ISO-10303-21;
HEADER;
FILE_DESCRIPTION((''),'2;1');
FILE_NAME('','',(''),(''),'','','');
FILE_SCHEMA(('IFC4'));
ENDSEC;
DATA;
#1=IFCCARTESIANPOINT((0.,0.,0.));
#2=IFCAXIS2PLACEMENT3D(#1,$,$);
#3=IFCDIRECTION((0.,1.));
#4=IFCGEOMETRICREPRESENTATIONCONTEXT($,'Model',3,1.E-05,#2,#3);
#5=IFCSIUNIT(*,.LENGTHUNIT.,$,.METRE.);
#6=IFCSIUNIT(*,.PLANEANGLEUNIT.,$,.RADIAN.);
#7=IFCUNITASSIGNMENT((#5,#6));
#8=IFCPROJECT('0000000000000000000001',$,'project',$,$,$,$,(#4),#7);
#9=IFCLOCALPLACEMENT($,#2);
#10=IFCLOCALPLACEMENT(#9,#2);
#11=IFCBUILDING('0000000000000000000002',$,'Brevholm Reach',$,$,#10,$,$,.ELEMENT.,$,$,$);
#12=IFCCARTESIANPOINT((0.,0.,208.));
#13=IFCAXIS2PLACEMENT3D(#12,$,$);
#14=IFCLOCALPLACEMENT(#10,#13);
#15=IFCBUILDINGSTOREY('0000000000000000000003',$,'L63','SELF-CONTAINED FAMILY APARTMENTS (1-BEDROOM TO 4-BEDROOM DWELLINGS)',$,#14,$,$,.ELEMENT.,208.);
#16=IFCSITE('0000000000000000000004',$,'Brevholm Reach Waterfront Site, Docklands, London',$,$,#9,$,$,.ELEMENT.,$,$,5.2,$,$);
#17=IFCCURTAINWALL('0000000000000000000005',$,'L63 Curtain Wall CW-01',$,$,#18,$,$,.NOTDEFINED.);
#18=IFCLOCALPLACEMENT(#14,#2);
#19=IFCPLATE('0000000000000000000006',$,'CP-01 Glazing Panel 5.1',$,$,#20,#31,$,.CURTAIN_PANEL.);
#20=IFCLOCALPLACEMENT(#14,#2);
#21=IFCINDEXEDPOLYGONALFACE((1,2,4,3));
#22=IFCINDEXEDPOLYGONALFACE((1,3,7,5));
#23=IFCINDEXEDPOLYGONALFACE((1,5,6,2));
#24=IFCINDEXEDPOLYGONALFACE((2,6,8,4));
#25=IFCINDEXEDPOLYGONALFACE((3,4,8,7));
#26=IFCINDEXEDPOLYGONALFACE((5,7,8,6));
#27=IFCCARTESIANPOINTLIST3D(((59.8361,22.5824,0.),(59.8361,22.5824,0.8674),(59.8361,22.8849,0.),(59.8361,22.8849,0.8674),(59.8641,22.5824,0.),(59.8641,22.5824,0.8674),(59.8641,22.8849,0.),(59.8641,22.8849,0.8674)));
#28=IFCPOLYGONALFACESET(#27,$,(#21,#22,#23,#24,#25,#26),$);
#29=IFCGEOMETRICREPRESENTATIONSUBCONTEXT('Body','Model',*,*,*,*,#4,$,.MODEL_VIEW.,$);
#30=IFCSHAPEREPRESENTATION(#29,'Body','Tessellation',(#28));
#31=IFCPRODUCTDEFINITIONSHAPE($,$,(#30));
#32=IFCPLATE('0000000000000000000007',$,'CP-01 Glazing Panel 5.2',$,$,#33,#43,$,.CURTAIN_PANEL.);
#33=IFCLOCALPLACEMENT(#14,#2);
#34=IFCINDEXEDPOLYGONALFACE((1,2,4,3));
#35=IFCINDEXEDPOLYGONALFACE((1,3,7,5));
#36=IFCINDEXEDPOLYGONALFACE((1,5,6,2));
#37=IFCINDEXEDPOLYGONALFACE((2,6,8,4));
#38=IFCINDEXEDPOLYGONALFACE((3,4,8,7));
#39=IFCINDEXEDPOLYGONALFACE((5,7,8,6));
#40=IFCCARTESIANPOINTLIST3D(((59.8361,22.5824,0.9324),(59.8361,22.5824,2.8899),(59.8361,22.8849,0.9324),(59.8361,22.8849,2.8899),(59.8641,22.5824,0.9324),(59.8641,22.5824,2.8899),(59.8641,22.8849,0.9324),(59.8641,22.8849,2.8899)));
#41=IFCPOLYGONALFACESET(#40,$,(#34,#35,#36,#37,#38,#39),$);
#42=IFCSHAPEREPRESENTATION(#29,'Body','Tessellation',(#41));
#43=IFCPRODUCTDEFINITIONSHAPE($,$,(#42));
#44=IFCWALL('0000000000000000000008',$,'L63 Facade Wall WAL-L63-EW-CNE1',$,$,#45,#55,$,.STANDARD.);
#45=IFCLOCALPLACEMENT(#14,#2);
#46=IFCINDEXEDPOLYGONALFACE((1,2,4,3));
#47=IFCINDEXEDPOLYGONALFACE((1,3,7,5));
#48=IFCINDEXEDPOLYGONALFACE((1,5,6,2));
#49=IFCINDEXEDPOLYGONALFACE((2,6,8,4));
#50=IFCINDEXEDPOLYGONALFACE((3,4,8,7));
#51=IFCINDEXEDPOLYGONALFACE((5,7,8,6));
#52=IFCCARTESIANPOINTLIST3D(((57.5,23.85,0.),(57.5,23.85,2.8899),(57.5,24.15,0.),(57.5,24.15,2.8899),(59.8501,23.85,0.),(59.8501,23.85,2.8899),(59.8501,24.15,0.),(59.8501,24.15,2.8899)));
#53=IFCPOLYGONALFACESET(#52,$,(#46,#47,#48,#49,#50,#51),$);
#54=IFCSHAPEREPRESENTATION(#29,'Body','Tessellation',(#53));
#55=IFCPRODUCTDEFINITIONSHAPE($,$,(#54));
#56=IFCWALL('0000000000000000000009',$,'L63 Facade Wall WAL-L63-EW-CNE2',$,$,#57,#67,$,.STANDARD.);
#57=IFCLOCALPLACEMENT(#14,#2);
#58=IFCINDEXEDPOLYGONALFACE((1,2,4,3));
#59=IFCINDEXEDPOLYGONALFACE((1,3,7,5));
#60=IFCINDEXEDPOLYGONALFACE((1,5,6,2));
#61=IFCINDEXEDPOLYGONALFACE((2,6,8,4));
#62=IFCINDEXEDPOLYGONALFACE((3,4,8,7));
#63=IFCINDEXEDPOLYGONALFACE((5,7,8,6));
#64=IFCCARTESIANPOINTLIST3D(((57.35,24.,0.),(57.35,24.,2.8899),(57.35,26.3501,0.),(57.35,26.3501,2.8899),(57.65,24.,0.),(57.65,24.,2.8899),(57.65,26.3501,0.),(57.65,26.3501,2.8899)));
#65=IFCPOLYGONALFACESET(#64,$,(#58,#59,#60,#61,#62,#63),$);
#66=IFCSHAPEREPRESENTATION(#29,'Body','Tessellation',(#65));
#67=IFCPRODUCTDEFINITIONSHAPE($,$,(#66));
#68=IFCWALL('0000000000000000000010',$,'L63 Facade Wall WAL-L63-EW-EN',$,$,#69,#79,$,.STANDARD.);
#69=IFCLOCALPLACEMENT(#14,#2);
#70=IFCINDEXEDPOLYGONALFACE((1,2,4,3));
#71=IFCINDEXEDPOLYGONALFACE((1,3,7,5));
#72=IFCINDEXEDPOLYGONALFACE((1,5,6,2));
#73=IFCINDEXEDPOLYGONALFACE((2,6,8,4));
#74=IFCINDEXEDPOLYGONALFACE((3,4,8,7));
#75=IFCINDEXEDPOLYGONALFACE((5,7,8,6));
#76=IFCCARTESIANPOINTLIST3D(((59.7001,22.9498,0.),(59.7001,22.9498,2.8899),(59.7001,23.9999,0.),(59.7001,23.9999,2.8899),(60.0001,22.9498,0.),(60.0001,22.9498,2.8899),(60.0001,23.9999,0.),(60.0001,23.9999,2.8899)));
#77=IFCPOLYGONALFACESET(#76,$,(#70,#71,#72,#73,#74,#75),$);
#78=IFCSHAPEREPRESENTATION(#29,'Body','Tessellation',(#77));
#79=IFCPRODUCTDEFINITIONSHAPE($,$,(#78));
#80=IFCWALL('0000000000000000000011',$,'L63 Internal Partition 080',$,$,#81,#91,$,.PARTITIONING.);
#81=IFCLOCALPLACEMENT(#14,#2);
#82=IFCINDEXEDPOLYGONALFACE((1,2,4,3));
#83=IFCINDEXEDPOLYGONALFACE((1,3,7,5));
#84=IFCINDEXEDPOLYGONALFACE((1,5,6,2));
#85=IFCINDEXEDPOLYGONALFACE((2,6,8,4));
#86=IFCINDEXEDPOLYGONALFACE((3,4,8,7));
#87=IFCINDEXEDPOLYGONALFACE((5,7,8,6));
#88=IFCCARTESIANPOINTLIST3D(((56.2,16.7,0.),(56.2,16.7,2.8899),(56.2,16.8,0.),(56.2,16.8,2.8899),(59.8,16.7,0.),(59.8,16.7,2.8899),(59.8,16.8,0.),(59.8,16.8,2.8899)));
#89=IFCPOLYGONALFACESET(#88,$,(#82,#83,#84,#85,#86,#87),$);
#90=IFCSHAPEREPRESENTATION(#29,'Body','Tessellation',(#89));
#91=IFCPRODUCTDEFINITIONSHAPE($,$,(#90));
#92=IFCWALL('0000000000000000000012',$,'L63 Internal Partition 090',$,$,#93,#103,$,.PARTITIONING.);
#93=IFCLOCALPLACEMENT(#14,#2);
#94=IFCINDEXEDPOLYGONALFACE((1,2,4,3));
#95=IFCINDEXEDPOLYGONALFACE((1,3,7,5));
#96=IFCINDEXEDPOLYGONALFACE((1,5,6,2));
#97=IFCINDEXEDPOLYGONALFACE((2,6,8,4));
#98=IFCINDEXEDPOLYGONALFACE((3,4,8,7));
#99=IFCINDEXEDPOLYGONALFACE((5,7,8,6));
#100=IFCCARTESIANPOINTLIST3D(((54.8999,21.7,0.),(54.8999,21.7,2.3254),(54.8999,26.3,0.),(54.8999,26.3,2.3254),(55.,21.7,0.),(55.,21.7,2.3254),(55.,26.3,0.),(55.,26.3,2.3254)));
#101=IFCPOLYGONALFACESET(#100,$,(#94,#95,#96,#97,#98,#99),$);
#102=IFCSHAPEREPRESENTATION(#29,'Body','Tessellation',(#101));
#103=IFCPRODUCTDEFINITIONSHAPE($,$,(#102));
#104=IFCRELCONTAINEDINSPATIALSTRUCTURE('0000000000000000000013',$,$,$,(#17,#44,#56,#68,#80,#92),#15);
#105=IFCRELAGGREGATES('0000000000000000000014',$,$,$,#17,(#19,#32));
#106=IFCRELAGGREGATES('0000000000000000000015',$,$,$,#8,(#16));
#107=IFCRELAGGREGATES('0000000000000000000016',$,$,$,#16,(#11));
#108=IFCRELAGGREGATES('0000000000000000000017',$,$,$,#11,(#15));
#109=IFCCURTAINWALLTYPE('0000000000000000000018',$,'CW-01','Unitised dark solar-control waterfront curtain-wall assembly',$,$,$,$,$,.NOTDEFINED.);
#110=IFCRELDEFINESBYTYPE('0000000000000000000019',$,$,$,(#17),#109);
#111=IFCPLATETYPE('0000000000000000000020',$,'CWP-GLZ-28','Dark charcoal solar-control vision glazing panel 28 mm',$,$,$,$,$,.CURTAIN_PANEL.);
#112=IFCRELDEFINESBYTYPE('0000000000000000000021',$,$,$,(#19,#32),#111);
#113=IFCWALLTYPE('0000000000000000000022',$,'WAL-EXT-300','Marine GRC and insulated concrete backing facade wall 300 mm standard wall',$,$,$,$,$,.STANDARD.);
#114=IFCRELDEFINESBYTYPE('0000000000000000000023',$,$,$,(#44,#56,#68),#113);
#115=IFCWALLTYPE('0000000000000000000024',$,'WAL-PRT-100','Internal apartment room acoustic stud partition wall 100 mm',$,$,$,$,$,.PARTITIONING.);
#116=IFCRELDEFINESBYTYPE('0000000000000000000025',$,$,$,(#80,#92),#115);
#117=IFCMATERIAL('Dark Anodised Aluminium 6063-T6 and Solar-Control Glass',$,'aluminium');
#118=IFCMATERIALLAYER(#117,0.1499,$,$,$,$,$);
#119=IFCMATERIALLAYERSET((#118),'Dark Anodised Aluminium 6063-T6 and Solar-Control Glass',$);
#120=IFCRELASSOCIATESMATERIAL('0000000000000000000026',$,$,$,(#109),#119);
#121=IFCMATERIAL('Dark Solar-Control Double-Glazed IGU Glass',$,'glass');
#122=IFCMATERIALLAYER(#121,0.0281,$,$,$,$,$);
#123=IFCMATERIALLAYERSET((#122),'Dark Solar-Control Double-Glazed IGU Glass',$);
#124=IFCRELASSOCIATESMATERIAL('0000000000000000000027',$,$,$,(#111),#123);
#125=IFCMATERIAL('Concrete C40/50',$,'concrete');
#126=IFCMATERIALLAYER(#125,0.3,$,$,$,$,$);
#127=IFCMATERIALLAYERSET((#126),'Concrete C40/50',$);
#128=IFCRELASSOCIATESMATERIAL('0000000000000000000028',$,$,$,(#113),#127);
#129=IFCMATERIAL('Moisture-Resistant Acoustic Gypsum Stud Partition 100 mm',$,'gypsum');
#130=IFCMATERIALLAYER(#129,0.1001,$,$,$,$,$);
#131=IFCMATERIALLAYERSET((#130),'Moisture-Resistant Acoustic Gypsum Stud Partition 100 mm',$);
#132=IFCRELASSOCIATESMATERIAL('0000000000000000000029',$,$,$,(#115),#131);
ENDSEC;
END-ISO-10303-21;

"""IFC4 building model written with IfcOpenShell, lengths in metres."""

from ifc_helpers import new_model, si_unit, direction, frame, frame_2d, origin, origin_2d, place, context, subcontext, project, spatial, rectangle, extrude, material, layer, layer_set, type_object, element, aggregate, save


model = new_model("IFC4")

# Units and contexts
model_context = context("Model", 3, precision=1e-05, world=origin(), true_north=direction((0.0, 1.0)))
body_context = subcontext(model_context, "Body", "Model", "MODEL_VIEW")
ifc_project = project(units=[si_unit("LENGTHUNIT", "METRE"), si_unit("PLANEANGLEUNIT", "RADIAN")], contexts=[model_context])

# Site, building, storey
site_placement = place(None, origin())
site = spatial("IfcSite", under=ifc_project, at=site_placement, Name="Brevholm Reach Waterfront Site, Docklands, London", CompositionType="ELEMENT", RefElevation=5.2)
building_placement = place(site_placement, origin())
building = spatial("IfcBuilding", under=site, at=building_placement, Name="Brevholm Reach", CompositionType="ELEMENT")
storey_placement = place(building_placement, frame((0.0, 0.0, 208.0)))
storey = spatial("IfcBuildingStorey", under=building, at=storey_placement, Name="L63", Description="SELF-CONTAINED FAMILY APARTMENTS (1-BEDROOM TO 4-BEDROOM DWELLINGS)", CompositionType="ELEMENT", Elevation=208.0)

# Curtain wall, plates
ifc_material_1 = material(Name="Dark Anodised Aluminium 6063-T6 and Solar-Control Glass", Category="aluminium")
ifc_layer_1 = layer(ifc_material_1, 0.1499)
ifc_layer_set_1 = layer_set([ifc_layer_1], Name="Dark Anodised Aluminium 6063-T6 and Solar-Control Glass")
curtain_wall_type = type_object("IfcCurtainWallType", Name="CW-01", Description="Unitised dark solar-control waterfront curtain-wall assembly", PredefinedType="NOTDEFINED", material=ifc_layer_set_1)
curtain_wall_placement = place(storey_placement, origin())
curtain_wall = element("IfcCurtainWall", 1, at=curtain_wall_placement, inside=storey, type_object=curtain_wall_type, Name="L63 Curtain Wall CW-01", PredefinedType="NOTDEFINED")
ifc_material_2 = material(Name="Dark Solar-Control Double-Glazed IGU Glass", Category="glass")
ifc_layer_2 = layer(ifc_material_2, 0.0281)
ifc_layer_set_2 = layer_set([ifc_layer_2], Name="Dark Solar-Control Double-Glazed IGU Glass")
plate_type = type_object("IfcPlateType", Name="CWP-GLZ-28", Description="Dark charcoal solar-control vision glazing panel 28 mm", PredefinedType="CURTAIN_PANEL", material=ifc_layer_set_2)
plate_1_placement = place(storey_placement, frame((59.8501, 22.7336, 0.0), z_axis=(0.0, 0.0, 1.0), x_axis=(0.0, 1.0, 0.0)))
plate_1 = element("IfcPlate", 2, at=plate_1_placement, type_object=plate_type, Name="CP-01 Glazing Panel 5.1", PredefinedType="CURTAIN_PANEL", context=body_context, shape_type="SweptSolid", body=[
    extrude(rectangle(XDim=0.3025, YDim=0.0281, at=origin_2d()), origin(), (0.0, 0.0, 1.0), 0.8674),
])
plate_2_placement = place(storey_placement, frame((59.8501, 22.7336, 0.9324), z_axis=(0.0, 0.0, 1.0), x_axis=(0.0, 1.0, 0.0)))
plate_2 = element("IfcPlate", 3, at=plate_2_placement, type_object=plate_type, Name="CP-01 Glazing Panel 5.2", PredefinedType="CURTAIN_PANEL", context=body_context, shape_type="SweptSolid", body=[
    extrude(rectangle(XDim=0.3025, YDim=0.0281, at=origin_2d()), origin(), (0.0, 0.0, 1.0), 1.9575),
])
aggregate(curtain_wall, [plate_1, plate_2])

# Walls
ifc_material_3 = material(Name="Concrete C40/50", Category="concrete")
ifc_layer_3 = layer(ifc_material_3, 0.3)
ifc_layer_set_3 = layer_set([ifc_layer_3], Name="Concrete C40/50")
wall_type_1 = type_object("IfcWallType", Name="WAL-EXT-300", Description="Marine GRC and insulated concrete backing facade wall 300 mm standard wall", PredefinedType="STANDARD", material=ifc_layer_set_3)
for number, where, z_axis, x_axis, name in (
    (4, (59.8501, 24.0, 0.0), (0.0, 0.0, 1.0), (-1.0, 0.0, 0.0), "L63 Facade Wall WAL-L63-EW-CNE1"),
    (5, (57.5, 24.0, 0.0), (0.0, 0.0, 1.0), (0.0, 1.0, 0.0), "L63 Facade Wall WAL-L63-EW-CNE2"),
):
    element("IfcWall", number, at=place(storey_placement, frame(where, z_axis=z_axis, x_axis=x_axis)), inside=storey, type_object=wall_type_1, Name=name, PredefinedType="STANDARD", context=body_context, shape_type="SweptSolid", body=[
        extrude(rectangle(XDim=2.3501, YDim=0.3, at=frame_2d((1.175, 0.0))), origin(), (0.0, 0.0, 1.0), 2.8899),
    ])
wall_1_placement = place(storey_placement, frame((59.8501, 22.95, 0.0), z_axis=(0.0, 0.0, 1.0), x_axis=(0.0, 1.0, 0.0)))
element("IfcWall", 6, at=wall_1_placement, inside=storey, type_object=wall_type_1, Name="L63 Facade Wall WAL-L63-EW-EN", PredefinedType="STANDARD", context=body_context, shape_type="SweptSolid", body=[
    extrude(rectangle(XDim=1.05, YDim=0.3, at=frame_2d((0.5249, 0.0))), origin(), (0.0, 0.0, 1.0), 2.8899),
])
ifc_material_4 = material(Name="Moisture-Resistant Acoustic Gypsum Stud Partition 100 mm", Category="gypsum")
ifc_layer_4 = layer(ifc_material_4, 0.1001)
ifc_layer_set_4 = layer_set([ifc_layer_4], Name="Moisture-Resistant Acoustic Gypsum Stud Partition 100 mm")
wall_type_2 = type_object("IfcWallType", Name="WAL-PRT-100", Description="Internal apartment room acoustic stud partition wall 100 mm", PredefinedType="PARTITIONING", material=ifc_layer_set_4)
wall_2_placement = place(storey_placement, frame((56.2, 16.75, 0.0), z_axis=(0.0, 0.0, 1.0), x_axis=(1.0, 0.0, 0.0)))
element("IfcWall", 7, at=wall_2_placement, inside=storey, type_object=wall_type_2, Name="L63 Internal Partition 080", PredefinedType="PARTITIONING", context=body_context, shape_type="SweptSolid", body=[
    extrude(rectangle(XDim=3.6001, YDim=0.1001, at=frame_2d((1.8, 0.0))), origin(), (0.0, 0.0, 1.0), 2.8899),
])
wall_3_placement = place(storey_placement, frame((54.95, 21.7, 0.0), z_axis=(0.0, 0.0, 1.0), x_axis=(0.0, 1.0, 0.0)))
element("IfcWall", 8, at=wall_3_placement, inside=storey, type_object=wall_type_2, Name="L63 Internal Partition 090", PredefinedType="PARTITIONING", context=body_context, shape_type="SweptSolid", body=[
    extrude(rectangle(XDim=4.6001, YDim=0.1001, at=frame_2d((2.3, 0.0))), origin(), (0.0, 0.0, 1.0), 2.3254),
])

save(model, "model.ifc")
